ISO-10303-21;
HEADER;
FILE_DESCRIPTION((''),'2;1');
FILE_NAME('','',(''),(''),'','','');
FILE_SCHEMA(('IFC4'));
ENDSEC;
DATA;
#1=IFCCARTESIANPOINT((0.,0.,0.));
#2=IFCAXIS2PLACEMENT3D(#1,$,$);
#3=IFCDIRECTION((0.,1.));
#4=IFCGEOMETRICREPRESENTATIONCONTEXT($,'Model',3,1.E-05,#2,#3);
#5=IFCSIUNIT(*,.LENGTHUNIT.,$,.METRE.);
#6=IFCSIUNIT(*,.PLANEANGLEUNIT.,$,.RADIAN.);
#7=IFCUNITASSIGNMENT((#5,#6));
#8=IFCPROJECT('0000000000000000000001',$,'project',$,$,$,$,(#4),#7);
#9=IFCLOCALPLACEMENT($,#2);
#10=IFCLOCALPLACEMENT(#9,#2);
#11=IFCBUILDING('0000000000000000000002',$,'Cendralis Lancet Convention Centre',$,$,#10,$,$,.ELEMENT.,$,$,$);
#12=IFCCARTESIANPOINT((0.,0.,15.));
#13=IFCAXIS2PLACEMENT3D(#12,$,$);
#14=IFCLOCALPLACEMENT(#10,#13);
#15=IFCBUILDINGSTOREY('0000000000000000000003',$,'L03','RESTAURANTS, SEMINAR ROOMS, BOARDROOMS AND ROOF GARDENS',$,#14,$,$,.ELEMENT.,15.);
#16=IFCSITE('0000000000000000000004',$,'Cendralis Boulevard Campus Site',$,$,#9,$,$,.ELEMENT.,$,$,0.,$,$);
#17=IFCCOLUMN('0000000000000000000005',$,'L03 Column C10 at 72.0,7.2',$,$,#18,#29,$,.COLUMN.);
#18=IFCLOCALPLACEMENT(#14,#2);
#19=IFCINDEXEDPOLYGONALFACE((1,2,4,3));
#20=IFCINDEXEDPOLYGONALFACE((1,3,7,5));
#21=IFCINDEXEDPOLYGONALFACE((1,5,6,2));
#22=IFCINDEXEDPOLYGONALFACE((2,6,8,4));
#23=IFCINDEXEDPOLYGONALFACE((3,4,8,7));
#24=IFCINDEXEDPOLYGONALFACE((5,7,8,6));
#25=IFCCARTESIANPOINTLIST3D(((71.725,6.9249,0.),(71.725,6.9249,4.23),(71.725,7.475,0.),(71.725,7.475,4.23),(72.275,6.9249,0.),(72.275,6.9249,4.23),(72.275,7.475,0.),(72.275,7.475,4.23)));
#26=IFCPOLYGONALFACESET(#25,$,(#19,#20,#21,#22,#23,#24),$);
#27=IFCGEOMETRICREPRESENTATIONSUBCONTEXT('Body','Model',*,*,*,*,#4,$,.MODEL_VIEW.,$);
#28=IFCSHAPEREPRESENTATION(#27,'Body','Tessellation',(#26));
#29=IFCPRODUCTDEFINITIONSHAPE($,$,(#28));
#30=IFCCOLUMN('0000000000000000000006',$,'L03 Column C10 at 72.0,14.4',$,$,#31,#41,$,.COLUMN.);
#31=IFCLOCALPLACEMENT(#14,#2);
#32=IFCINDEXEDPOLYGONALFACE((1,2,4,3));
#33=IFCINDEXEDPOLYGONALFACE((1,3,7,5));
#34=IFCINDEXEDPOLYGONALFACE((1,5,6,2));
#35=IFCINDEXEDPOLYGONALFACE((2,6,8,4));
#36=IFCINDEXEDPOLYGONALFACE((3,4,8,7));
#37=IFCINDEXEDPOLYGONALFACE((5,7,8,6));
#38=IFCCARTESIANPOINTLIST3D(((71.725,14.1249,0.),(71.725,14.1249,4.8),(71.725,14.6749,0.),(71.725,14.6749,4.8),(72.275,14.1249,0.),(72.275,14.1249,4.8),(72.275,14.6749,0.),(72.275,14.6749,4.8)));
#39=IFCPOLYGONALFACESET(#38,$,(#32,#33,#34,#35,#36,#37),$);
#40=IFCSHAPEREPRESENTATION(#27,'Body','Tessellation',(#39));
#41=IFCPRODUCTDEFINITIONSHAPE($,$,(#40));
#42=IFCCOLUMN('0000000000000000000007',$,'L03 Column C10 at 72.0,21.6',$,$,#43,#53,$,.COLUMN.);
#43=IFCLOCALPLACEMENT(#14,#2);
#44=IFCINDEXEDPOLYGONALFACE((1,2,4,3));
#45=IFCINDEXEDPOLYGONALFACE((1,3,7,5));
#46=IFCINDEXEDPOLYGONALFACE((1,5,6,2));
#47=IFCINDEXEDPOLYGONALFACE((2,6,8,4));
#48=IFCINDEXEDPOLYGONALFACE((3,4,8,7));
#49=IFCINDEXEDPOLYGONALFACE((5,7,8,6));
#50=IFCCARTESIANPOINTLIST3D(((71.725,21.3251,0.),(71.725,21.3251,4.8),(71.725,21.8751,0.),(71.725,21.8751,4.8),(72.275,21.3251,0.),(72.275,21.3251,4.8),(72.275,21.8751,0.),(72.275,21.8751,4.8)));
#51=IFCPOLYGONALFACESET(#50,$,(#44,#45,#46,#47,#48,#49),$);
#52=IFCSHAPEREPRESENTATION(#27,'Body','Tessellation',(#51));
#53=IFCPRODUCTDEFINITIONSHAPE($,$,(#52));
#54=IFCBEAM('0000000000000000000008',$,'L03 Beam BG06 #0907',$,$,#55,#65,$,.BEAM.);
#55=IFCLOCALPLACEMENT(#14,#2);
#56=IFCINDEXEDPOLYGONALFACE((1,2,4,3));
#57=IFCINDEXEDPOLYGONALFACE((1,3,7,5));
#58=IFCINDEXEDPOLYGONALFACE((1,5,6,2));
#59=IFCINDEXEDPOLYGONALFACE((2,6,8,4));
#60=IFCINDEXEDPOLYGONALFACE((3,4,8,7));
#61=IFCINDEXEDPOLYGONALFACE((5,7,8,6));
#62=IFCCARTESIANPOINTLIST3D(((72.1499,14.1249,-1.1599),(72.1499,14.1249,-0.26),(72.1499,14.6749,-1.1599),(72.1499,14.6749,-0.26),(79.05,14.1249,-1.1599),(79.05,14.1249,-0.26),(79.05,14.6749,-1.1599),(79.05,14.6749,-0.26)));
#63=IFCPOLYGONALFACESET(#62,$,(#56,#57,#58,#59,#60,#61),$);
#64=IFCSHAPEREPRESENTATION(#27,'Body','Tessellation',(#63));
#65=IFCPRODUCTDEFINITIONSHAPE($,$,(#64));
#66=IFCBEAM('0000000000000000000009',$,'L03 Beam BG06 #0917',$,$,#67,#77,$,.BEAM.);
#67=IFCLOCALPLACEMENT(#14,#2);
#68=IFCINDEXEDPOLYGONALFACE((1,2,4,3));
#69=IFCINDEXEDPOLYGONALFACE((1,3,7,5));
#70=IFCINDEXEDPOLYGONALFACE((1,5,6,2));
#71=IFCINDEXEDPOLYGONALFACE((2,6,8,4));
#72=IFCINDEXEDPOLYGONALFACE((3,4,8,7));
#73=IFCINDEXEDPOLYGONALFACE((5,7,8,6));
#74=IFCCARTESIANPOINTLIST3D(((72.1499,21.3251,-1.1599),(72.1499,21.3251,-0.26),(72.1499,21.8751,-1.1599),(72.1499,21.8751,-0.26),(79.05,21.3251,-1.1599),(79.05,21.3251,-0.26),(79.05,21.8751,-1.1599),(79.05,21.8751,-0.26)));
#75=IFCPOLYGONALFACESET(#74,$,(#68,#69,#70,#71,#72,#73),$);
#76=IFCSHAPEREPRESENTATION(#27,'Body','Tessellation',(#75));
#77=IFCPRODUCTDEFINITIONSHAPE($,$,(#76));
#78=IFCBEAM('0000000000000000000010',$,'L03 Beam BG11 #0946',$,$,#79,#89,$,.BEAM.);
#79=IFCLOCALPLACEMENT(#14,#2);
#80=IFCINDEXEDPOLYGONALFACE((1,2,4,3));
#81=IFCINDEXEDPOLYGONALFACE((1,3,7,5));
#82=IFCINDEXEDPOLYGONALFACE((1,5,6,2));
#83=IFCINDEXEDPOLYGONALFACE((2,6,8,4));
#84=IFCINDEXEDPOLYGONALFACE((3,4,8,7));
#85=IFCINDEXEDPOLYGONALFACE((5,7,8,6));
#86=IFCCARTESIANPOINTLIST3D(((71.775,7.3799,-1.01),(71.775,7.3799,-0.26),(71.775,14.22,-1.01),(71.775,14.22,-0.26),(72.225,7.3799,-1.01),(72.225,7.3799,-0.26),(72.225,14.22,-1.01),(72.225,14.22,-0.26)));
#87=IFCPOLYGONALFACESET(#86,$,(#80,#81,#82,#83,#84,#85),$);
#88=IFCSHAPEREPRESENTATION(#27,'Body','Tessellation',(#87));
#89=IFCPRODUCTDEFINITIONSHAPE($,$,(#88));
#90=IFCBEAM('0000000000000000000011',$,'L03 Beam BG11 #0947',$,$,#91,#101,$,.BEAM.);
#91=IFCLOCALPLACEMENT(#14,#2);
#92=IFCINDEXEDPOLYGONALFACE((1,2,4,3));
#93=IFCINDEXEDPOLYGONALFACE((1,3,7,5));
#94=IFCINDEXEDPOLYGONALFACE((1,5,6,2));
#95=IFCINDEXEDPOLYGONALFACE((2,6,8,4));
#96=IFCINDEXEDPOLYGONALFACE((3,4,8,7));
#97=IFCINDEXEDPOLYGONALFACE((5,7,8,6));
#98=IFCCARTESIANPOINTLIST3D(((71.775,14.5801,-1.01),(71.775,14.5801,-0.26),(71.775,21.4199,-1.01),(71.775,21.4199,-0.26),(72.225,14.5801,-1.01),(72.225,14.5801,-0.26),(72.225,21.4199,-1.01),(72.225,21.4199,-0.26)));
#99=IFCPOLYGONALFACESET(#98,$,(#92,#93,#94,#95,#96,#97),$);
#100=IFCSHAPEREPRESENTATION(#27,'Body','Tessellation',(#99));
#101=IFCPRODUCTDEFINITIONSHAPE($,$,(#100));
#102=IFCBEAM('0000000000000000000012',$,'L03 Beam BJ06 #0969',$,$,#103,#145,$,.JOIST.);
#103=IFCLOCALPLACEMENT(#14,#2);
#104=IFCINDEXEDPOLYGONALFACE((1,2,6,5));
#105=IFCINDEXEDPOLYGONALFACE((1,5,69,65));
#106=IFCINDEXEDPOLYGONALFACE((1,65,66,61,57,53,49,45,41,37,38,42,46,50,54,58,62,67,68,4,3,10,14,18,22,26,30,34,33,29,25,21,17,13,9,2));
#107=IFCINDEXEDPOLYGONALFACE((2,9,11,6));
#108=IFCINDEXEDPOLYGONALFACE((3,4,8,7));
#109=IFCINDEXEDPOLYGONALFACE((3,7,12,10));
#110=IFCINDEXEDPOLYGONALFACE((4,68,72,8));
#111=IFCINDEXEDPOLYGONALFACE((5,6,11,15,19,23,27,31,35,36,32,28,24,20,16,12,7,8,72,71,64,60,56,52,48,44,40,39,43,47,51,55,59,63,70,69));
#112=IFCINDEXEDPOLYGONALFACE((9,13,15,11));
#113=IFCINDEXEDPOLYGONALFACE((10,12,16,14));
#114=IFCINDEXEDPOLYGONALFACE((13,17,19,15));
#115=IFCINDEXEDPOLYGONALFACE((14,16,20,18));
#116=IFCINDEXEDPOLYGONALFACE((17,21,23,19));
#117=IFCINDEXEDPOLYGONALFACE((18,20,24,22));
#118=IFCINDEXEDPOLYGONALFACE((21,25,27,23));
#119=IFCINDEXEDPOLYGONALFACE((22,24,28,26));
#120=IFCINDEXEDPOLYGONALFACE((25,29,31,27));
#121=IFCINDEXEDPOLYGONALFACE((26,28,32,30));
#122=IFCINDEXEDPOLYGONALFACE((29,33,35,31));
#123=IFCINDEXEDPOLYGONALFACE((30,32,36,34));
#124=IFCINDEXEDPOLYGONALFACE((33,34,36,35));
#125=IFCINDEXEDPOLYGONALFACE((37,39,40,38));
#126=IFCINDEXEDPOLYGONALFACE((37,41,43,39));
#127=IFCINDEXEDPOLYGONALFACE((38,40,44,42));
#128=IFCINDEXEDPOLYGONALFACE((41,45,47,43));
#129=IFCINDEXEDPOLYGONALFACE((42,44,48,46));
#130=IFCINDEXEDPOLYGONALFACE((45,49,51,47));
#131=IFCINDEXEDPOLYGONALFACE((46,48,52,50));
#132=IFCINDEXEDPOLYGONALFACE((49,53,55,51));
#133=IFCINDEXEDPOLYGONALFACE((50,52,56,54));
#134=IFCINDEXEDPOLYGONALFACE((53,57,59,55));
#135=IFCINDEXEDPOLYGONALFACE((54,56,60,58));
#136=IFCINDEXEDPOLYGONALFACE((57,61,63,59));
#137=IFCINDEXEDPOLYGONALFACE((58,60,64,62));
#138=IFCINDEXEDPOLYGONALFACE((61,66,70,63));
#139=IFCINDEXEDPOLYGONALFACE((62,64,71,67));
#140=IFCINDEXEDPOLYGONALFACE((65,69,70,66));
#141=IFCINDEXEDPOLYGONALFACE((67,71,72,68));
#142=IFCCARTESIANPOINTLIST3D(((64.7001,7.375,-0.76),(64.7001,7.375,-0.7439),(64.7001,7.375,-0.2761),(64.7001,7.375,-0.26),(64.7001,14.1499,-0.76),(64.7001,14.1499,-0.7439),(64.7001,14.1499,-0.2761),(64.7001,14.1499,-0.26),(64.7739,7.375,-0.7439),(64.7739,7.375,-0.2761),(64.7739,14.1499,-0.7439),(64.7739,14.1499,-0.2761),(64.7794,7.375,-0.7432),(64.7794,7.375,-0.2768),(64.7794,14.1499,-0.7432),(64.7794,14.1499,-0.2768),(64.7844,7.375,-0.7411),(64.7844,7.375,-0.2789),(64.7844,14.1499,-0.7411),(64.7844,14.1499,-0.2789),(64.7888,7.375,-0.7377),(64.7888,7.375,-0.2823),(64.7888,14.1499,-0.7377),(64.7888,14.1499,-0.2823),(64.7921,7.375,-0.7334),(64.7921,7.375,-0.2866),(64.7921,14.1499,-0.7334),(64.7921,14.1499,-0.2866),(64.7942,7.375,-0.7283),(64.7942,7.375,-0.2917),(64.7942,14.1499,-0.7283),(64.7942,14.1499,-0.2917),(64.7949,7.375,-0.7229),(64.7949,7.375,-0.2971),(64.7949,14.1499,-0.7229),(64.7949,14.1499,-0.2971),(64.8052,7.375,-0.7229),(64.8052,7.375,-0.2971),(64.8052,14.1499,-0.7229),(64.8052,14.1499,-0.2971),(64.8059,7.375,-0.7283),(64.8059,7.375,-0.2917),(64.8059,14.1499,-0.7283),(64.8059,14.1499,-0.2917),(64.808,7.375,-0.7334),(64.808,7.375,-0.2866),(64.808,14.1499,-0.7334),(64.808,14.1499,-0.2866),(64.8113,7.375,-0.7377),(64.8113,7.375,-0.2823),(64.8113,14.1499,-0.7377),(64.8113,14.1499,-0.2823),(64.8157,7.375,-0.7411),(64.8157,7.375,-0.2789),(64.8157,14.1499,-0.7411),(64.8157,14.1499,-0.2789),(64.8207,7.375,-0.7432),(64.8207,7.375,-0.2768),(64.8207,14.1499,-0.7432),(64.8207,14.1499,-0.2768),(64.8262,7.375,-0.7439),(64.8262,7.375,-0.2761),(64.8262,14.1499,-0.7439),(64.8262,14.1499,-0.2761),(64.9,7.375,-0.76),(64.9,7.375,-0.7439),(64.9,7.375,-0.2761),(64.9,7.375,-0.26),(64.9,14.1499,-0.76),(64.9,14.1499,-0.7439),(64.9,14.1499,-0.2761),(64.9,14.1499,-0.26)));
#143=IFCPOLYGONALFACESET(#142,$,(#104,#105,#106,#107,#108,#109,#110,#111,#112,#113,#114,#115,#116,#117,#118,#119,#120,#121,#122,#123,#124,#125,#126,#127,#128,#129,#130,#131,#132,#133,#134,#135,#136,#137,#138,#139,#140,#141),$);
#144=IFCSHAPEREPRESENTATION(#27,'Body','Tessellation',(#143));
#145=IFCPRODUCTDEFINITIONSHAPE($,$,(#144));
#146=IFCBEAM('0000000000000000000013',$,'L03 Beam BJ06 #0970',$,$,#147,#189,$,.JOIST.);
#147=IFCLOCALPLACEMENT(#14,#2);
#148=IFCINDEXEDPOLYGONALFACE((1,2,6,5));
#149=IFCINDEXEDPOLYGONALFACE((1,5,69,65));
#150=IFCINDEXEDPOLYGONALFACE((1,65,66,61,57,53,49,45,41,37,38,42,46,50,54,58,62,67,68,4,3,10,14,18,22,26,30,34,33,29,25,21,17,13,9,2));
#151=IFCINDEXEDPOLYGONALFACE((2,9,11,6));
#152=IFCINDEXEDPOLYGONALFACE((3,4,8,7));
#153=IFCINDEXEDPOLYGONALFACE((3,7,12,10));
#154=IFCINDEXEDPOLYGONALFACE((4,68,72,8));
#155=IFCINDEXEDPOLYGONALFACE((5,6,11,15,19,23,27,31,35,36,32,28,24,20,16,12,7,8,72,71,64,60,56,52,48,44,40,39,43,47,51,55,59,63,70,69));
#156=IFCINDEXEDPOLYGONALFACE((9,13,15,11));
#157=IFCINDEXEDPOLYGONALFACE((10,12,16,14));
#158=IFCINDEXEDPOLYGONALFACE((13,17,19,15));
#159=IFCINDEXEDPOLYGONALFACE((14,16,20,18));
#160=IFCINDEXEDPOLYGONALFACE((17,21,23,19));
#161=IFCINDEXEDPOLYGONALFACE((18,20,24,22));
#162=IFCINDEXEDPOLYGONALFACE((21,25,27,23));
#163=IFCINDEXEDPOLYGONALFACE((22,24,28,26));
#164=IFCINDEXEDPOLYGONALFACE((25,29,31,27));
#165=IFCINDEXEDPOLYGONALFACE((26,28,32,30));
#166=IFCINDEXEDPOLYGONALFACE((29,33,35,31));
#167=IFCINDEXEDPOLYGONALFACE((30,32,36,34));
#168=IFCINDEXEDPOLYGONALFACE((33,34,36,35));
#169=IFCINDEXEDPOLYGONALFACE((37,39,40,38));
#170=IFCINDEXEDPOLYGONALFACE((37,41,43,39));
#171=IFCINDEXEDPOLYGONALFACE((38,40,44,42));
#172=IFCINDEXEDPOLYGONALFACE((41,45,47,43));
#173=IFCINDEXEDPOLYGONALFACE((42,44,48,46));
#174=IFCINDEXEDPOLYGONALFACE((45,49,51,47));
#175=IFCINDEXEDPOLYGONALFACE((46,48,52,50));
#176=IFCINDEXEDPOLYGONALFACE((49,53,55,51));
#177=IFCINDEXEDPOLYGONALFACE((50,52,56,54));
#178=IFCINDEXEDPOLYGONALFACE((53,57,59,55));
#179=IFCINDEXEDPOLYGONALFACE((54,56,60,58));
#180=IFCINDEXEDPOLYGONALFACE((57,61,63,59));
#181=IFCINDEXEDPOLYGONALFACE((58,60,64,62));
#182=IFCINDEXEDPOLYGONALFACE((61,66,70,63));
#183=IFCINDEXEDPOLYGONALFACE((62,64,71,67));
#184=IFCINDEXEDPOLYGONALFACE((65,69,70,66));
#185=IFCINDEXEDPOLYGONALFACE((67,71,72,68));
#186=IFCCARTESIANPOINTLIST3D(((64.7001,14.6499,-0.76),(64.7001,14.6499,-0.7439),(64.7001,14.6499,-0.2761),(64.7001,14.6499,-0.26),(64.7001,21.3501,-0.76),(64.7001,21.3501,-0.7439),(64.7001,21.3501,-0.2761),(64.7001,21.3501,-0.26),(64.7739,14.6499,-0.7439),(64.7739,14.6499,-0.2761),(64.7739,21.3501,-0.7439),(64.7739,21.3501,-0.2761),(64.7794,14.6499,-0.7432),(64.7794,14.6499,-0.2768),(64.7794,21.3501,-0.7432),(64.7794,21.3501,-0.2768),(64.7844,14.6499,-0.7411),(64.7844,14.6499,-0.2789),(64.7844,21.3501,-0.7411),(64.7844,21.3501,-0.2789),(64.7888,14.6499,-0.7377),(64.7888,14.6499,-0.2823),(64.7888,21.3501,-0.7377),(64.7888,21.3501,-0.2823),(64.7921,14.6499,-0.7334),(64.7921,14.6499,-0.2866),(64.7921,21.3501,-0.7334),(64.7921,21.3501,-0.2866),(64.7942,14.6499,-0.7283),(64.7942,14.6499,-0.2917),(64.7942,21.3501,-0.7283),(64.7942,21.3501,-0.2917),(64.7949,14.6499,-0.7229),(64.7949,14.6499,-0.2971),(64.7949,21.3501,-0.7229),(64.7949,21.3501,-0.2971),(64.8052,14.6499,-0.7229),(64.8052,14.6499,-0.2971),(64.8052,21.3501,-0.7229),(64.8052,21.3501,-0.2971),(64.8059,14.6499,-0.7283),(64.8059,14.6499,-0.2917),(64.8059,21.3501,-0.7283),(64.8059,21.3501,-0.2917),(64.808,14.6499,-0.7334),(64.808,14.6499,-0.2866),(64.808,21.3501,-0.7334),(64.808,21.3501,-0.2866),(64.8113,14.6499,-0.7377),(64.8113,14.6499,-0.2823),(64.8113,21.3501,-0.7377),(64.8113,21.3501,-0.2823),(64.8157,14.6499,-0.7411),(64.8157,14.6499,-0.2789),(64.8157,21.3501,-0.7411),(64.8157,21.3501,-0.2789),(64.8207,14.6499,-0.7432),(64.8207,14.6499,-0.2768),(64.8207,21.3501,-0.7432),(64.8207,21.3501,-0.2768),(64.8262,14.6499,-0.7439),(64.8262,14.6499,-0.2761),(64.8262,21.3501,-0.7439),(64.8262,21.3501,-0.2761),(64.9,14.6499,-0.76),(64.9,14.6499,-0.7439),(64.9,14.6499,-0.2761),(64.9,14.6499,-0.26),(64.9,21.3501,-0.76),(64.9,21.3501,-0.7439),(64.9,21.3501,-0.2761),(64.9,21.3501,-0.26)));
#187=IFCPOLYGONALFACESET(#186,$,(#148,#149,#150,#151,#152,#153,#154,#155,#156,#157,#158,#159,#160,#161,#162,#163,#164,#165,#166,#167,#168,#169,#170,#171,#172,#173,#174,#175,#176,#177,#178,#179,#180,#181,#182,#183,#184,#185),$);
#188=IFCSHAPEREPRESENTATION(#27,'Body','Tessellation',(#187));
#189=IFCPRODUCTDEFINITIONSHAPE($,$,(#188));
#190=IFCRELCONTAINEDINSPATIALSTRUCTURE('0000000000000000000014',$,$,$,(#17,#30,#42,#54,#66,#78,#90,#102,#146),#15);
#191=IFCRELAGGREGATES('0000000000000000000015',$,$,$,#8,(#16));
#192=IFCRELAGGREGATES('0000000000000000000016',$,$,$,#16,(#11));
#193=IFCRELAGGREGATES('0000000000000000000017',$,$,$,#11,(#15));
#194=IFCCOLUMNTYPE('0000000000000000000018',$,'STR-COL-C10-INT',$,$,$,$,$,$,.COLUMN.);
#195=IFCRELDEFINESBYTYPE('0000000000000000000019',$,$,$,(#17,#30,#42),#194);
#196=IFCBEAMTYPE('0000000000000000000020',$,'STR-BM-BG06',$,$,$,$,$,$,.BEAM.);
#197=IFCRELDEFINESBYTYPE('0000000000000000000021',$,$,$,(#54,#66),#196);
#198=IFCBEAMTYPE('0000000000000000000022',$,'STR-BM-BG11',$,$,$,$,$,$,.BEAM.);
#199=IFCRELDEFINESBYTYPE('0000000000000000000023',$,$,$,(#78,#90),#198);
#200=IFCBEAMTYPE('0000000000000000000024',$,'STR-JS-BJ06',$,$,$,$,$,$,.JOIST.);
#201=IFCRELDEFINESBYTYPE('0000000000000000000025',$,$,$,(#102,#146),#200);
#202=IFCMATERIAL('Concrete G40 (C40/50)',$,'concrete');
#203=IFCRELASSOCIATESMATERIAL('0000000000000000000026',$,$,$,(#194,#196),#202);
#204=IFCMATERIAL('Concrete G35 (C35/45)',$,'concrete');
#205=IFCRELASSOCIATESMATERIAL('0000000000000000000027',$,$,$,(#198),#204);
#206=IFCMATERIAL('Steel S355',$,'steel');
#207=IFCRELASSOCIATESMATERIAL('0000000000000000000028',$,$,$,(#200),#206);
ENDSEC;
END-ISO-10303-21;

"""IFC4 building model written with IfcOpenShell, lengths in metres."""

from ifc_helpers import new_model, si_unit, direction, frame, origin, origin_2d, place, context, subcontext, project, spatial, rectangle, i_section, extrude, material, material_profile, profile_set, type_object, element, save


model = new_model("IFC4")

# Units and contexts
model_context = context("Model", 3, precision=1e-05, world=origin(), true_north=direction((0.0, 1.0)))
body_context = subcontext(model_context, "Body", "Model", "MODEL_VIEW")
ifc_project = project(units=[si_unit("LENGTHUNIT", "METRE"), si_unit("PLANEANGLEUNIT", "RADIAN")], contexts=[model_context])

# Site, building, storey
site_placement = place(None, origin())
site = spatial("IfcSite", under=ifc_project, at=site_placement, Name="Cendralis Boulevard Campus Site", CompositionType="ELEMENT", RefElevation=0.0)
building_placement = place(site_placement, origin())
building = spatial("IfcBuilding", under=site, at=building_placement, Name="Cendralis Lancet Convention Centre", CompositionType="ELEMENT")
storey_placement = place(building_placement, frame((0.0, 0.0, 15.0)))
storey = spatial("IfcBuildingStorey", under=building, at=storey_placement, Name="L03", Description="RESTAURANTS, SEMINAR ROOMS, BOARDROOMS AND ROOF GARDENS", CompositionType="ELEMENT", Elevation=15.0)

# Columns
ifc_material_1 = material(Name="Concrete G40 (C40/50)", Category="concrete")
ifc_material_profile_1 = material_profile(ifc_material_1, rectangle(XDim=0.55, YDim=0.55, at=origin_2d()), Name="RC 550x550")
ifc_profile_set_1 = profile_set([ifc_material_profile_1], Name="Concrete G40 (C40/50)")
column_type = type_object("IfcColumnType", Name="STR-COL-C10-INT", PredefinedType="COLUMN", material=ifc_profile_set_1)
column_placement = place(storey_placement, frame((72.0, 7.2, 0.0), z_axis=(0.0, 0.0, 1.0), x_axis=(1.0, 0.0, 0.0)))
element("IfcColumn", 1, at=column_placement, inside=storey, type_object=column_type, Name="L03 Column C10 at 72.0,7.2", PredefinedType="COLUMN", context=body_context, shape_type="SweptSolid", body=[
    extrude(rectangle(XDim=0.55, YDim=0.55, at=origin_2d()), origin(), (0.0, 0.0, 1.0), 4.23),
])
for number, where, z_axis, x_axis, name in (
    (2, (72.0, 14.3999, 0.0), (0.0, 0.0, 1.0), (1.0, 0.0, 0.0), "L03 Column C10 at 72.0,14.4"),
    (3, (72.0, 21.6001, 0.0), (0.0, 0.0, 1.0), (1.0, 0.0, 0.0), "L03 Column C10 at 72.0,21.6"),
):
    element("IfcColumn", number, at=place(storey_placement, frame(where, z_axis=z_axis, x_axis=x_axis)), inside=storey, type_object=column_type, Name=name, PredefinedType="COLUMN", context=body_context, shape_type="SweptSolid", body=[
        extrude(rectangle(XDim=0.55, YDim=0.55, at=origin_2d()), origin(), (0.0, 0.0, 1.0), 4.8),
    ])

# Beams
ifc_material_profile_2 = material_profile(ifc_material_1, rectangle(XDim=0.55, YDim=0.8999, at=origin_2d()), Name="RCB 550x900")
ifc_profile_set_2 = profile_set([ifc_material_profile_2], Name="Concrete G40 (C40/50)")
beam_type_1 = type_object("IfcBeamType", Name="STR-BM-BG06", PredefinedType="BEAM", material=ifc_profile_set_2)
for number, where, z_axis, x_axis, name in (
    (4, (72.1499, 14.3999, -0.71), (1.0, 0.0, 0.0), (0.0, 1.0, 0.0), "L03 Beam BG06 #0907"),
    (5, (72.1499, 21.6001, -0.71), (1.0, 0.0, 0.0), (0.0, 1.0, 0.0), "L03 Beam BG06 #0917"),
):
    element("IfcBeam", number, at=place(storey_placement, frame(where, z_axis=z_axis, x_axis=x_axis)), inside=storey, type_object=beam_type_1, Name=name, PredefinedType="BEAM", context=body_context, shape_type="SweptSolid", body=[
        extrude(rectangle(XDim=0.55, YDim=0.8999, at=origin_2d()), origin(), (0.0, 0.0, 1.0), 6.9001),
    ])
ifc_material_2 = material(Name="Concrete G35 (C35/45)", Category="concrete")
ifc_material_profile_3 = material_profile(ifc_material_2, rectangle(XDim=0.45, YDim=0.75, at=origin_2d()), Name="RCB 450x750")
ifc_profile_set_3 = profile_set([ifc_material_profile_3], Name="Concrete G35 (C35/45)")
beam_type_2 = type_object("IfcBeamType", Name="STR-BM-BG11", PredefinedType="BEAM", material=ifc_profile_set_3)
beam_1_placement = place(storey_placement, frame((72.0, 7.3799, -0.635), z_axis=(0.0, 1.0, 0.0), x_axis=(-1.0, 0.0, 0.0)))
element("IfcBeam", 6, at=beam_1_placement, inside=storey, type_object=beam_type_2, Name="L03 Beam BG11 #0946", PredefinedType="BEAM", context=body_context, shape_type="SweptSolid", body=[
    extrude(rectangle(XDim=0.45, YDim=0.75, at=origin_2d()), origin(), (0.0, 0.0, 1.0), 6.8401),
])
beam_2_placement = place(storey_placement, frame((72.0, 14.5801, -0.635), z_axis=(0.0, 1.0, 0.0), x_axis=(-1.0, 0.0, 0.0)))
element("IfcBeam", 7, at=beam_2_placement, inside=storey, type_object=beam_type_2, Name="L03 Beam BG11 #0947", PredefinedType="BEAM", context=body_context, shape_type="SweptSolid", body=[
    extrude(rectangle(XDim=0.45, YDim=0.75, at=origin_2d()), origin(), (0.0, 0.0, 1.0), 6.8398),
])
ifc_material_3 = material(Name="Steel S355", Category="steel")
ifc_material_profile_4 = material_profile(ifc_material_3, i_section(OverallWidth=0.2, OverallDepth=0.5, WebThickness=0.0103, FlangeThickness=0.0161, FilletRadius=0.021, at=origin_2d()), Name="IPE 500")
ifc_profile_set_4 = profile_set([ifc_material_profile_4], Name="Steel S355")
beam_type_3 = type_object("IfcBeamType", Name="STR-JS-BJ06", PredefinedType="JOIST", material=ifc_profile_set_4)
beam_3_placement = place(storey_placement, frame((64.8, 7.375, -0.51), z_axis=(0.0, 1.0, 0.0), x_axis=(-1.0, 0.0, 0.0)))
element("IfcBeam", 8, at=beam_3_placement, inside=storey, type_object=beam_type_3, Name="L03 Beam BJ06 #0969", PredefinedType="JOIST", context=body_context, shape_type="SweptSolid", body=[
    extrude(i_section(OverallWidth=0.2, OverallDepth=0.5, WebThickness=0.0103, FlangeThickness=0.0161, FilletRadius=0.021, at=origin_2d()), origin(), (0.0, 0.0, 1.0), 6.7749),
])
beam_4_placement = place(storey_placement, frame((64.8, 14.6499, -0.51), z_axis=(0.0, 1.0, 0.0), x_axis=(-1.0, 0.0, 0.0)))
element("IfcBeam", 9, at=beam_4_placement, inside=storey, type_object=beam_type_3, Name="L03 Beam BJ06 #0970", PredefinedType="JOIST", context=body_context, shape_type="SweptSolid", body=[
    extrude(i_section(OverallWidth=0.2, OverallDepth=0.5, WebThickness=0.0103, FlangeThickness=0.0161, FilletRadius=0.021, at=origin_2d()), origin(), (0.0, 0.0, 1.0), 6.7002),
])

save(model, "model.ifc")
